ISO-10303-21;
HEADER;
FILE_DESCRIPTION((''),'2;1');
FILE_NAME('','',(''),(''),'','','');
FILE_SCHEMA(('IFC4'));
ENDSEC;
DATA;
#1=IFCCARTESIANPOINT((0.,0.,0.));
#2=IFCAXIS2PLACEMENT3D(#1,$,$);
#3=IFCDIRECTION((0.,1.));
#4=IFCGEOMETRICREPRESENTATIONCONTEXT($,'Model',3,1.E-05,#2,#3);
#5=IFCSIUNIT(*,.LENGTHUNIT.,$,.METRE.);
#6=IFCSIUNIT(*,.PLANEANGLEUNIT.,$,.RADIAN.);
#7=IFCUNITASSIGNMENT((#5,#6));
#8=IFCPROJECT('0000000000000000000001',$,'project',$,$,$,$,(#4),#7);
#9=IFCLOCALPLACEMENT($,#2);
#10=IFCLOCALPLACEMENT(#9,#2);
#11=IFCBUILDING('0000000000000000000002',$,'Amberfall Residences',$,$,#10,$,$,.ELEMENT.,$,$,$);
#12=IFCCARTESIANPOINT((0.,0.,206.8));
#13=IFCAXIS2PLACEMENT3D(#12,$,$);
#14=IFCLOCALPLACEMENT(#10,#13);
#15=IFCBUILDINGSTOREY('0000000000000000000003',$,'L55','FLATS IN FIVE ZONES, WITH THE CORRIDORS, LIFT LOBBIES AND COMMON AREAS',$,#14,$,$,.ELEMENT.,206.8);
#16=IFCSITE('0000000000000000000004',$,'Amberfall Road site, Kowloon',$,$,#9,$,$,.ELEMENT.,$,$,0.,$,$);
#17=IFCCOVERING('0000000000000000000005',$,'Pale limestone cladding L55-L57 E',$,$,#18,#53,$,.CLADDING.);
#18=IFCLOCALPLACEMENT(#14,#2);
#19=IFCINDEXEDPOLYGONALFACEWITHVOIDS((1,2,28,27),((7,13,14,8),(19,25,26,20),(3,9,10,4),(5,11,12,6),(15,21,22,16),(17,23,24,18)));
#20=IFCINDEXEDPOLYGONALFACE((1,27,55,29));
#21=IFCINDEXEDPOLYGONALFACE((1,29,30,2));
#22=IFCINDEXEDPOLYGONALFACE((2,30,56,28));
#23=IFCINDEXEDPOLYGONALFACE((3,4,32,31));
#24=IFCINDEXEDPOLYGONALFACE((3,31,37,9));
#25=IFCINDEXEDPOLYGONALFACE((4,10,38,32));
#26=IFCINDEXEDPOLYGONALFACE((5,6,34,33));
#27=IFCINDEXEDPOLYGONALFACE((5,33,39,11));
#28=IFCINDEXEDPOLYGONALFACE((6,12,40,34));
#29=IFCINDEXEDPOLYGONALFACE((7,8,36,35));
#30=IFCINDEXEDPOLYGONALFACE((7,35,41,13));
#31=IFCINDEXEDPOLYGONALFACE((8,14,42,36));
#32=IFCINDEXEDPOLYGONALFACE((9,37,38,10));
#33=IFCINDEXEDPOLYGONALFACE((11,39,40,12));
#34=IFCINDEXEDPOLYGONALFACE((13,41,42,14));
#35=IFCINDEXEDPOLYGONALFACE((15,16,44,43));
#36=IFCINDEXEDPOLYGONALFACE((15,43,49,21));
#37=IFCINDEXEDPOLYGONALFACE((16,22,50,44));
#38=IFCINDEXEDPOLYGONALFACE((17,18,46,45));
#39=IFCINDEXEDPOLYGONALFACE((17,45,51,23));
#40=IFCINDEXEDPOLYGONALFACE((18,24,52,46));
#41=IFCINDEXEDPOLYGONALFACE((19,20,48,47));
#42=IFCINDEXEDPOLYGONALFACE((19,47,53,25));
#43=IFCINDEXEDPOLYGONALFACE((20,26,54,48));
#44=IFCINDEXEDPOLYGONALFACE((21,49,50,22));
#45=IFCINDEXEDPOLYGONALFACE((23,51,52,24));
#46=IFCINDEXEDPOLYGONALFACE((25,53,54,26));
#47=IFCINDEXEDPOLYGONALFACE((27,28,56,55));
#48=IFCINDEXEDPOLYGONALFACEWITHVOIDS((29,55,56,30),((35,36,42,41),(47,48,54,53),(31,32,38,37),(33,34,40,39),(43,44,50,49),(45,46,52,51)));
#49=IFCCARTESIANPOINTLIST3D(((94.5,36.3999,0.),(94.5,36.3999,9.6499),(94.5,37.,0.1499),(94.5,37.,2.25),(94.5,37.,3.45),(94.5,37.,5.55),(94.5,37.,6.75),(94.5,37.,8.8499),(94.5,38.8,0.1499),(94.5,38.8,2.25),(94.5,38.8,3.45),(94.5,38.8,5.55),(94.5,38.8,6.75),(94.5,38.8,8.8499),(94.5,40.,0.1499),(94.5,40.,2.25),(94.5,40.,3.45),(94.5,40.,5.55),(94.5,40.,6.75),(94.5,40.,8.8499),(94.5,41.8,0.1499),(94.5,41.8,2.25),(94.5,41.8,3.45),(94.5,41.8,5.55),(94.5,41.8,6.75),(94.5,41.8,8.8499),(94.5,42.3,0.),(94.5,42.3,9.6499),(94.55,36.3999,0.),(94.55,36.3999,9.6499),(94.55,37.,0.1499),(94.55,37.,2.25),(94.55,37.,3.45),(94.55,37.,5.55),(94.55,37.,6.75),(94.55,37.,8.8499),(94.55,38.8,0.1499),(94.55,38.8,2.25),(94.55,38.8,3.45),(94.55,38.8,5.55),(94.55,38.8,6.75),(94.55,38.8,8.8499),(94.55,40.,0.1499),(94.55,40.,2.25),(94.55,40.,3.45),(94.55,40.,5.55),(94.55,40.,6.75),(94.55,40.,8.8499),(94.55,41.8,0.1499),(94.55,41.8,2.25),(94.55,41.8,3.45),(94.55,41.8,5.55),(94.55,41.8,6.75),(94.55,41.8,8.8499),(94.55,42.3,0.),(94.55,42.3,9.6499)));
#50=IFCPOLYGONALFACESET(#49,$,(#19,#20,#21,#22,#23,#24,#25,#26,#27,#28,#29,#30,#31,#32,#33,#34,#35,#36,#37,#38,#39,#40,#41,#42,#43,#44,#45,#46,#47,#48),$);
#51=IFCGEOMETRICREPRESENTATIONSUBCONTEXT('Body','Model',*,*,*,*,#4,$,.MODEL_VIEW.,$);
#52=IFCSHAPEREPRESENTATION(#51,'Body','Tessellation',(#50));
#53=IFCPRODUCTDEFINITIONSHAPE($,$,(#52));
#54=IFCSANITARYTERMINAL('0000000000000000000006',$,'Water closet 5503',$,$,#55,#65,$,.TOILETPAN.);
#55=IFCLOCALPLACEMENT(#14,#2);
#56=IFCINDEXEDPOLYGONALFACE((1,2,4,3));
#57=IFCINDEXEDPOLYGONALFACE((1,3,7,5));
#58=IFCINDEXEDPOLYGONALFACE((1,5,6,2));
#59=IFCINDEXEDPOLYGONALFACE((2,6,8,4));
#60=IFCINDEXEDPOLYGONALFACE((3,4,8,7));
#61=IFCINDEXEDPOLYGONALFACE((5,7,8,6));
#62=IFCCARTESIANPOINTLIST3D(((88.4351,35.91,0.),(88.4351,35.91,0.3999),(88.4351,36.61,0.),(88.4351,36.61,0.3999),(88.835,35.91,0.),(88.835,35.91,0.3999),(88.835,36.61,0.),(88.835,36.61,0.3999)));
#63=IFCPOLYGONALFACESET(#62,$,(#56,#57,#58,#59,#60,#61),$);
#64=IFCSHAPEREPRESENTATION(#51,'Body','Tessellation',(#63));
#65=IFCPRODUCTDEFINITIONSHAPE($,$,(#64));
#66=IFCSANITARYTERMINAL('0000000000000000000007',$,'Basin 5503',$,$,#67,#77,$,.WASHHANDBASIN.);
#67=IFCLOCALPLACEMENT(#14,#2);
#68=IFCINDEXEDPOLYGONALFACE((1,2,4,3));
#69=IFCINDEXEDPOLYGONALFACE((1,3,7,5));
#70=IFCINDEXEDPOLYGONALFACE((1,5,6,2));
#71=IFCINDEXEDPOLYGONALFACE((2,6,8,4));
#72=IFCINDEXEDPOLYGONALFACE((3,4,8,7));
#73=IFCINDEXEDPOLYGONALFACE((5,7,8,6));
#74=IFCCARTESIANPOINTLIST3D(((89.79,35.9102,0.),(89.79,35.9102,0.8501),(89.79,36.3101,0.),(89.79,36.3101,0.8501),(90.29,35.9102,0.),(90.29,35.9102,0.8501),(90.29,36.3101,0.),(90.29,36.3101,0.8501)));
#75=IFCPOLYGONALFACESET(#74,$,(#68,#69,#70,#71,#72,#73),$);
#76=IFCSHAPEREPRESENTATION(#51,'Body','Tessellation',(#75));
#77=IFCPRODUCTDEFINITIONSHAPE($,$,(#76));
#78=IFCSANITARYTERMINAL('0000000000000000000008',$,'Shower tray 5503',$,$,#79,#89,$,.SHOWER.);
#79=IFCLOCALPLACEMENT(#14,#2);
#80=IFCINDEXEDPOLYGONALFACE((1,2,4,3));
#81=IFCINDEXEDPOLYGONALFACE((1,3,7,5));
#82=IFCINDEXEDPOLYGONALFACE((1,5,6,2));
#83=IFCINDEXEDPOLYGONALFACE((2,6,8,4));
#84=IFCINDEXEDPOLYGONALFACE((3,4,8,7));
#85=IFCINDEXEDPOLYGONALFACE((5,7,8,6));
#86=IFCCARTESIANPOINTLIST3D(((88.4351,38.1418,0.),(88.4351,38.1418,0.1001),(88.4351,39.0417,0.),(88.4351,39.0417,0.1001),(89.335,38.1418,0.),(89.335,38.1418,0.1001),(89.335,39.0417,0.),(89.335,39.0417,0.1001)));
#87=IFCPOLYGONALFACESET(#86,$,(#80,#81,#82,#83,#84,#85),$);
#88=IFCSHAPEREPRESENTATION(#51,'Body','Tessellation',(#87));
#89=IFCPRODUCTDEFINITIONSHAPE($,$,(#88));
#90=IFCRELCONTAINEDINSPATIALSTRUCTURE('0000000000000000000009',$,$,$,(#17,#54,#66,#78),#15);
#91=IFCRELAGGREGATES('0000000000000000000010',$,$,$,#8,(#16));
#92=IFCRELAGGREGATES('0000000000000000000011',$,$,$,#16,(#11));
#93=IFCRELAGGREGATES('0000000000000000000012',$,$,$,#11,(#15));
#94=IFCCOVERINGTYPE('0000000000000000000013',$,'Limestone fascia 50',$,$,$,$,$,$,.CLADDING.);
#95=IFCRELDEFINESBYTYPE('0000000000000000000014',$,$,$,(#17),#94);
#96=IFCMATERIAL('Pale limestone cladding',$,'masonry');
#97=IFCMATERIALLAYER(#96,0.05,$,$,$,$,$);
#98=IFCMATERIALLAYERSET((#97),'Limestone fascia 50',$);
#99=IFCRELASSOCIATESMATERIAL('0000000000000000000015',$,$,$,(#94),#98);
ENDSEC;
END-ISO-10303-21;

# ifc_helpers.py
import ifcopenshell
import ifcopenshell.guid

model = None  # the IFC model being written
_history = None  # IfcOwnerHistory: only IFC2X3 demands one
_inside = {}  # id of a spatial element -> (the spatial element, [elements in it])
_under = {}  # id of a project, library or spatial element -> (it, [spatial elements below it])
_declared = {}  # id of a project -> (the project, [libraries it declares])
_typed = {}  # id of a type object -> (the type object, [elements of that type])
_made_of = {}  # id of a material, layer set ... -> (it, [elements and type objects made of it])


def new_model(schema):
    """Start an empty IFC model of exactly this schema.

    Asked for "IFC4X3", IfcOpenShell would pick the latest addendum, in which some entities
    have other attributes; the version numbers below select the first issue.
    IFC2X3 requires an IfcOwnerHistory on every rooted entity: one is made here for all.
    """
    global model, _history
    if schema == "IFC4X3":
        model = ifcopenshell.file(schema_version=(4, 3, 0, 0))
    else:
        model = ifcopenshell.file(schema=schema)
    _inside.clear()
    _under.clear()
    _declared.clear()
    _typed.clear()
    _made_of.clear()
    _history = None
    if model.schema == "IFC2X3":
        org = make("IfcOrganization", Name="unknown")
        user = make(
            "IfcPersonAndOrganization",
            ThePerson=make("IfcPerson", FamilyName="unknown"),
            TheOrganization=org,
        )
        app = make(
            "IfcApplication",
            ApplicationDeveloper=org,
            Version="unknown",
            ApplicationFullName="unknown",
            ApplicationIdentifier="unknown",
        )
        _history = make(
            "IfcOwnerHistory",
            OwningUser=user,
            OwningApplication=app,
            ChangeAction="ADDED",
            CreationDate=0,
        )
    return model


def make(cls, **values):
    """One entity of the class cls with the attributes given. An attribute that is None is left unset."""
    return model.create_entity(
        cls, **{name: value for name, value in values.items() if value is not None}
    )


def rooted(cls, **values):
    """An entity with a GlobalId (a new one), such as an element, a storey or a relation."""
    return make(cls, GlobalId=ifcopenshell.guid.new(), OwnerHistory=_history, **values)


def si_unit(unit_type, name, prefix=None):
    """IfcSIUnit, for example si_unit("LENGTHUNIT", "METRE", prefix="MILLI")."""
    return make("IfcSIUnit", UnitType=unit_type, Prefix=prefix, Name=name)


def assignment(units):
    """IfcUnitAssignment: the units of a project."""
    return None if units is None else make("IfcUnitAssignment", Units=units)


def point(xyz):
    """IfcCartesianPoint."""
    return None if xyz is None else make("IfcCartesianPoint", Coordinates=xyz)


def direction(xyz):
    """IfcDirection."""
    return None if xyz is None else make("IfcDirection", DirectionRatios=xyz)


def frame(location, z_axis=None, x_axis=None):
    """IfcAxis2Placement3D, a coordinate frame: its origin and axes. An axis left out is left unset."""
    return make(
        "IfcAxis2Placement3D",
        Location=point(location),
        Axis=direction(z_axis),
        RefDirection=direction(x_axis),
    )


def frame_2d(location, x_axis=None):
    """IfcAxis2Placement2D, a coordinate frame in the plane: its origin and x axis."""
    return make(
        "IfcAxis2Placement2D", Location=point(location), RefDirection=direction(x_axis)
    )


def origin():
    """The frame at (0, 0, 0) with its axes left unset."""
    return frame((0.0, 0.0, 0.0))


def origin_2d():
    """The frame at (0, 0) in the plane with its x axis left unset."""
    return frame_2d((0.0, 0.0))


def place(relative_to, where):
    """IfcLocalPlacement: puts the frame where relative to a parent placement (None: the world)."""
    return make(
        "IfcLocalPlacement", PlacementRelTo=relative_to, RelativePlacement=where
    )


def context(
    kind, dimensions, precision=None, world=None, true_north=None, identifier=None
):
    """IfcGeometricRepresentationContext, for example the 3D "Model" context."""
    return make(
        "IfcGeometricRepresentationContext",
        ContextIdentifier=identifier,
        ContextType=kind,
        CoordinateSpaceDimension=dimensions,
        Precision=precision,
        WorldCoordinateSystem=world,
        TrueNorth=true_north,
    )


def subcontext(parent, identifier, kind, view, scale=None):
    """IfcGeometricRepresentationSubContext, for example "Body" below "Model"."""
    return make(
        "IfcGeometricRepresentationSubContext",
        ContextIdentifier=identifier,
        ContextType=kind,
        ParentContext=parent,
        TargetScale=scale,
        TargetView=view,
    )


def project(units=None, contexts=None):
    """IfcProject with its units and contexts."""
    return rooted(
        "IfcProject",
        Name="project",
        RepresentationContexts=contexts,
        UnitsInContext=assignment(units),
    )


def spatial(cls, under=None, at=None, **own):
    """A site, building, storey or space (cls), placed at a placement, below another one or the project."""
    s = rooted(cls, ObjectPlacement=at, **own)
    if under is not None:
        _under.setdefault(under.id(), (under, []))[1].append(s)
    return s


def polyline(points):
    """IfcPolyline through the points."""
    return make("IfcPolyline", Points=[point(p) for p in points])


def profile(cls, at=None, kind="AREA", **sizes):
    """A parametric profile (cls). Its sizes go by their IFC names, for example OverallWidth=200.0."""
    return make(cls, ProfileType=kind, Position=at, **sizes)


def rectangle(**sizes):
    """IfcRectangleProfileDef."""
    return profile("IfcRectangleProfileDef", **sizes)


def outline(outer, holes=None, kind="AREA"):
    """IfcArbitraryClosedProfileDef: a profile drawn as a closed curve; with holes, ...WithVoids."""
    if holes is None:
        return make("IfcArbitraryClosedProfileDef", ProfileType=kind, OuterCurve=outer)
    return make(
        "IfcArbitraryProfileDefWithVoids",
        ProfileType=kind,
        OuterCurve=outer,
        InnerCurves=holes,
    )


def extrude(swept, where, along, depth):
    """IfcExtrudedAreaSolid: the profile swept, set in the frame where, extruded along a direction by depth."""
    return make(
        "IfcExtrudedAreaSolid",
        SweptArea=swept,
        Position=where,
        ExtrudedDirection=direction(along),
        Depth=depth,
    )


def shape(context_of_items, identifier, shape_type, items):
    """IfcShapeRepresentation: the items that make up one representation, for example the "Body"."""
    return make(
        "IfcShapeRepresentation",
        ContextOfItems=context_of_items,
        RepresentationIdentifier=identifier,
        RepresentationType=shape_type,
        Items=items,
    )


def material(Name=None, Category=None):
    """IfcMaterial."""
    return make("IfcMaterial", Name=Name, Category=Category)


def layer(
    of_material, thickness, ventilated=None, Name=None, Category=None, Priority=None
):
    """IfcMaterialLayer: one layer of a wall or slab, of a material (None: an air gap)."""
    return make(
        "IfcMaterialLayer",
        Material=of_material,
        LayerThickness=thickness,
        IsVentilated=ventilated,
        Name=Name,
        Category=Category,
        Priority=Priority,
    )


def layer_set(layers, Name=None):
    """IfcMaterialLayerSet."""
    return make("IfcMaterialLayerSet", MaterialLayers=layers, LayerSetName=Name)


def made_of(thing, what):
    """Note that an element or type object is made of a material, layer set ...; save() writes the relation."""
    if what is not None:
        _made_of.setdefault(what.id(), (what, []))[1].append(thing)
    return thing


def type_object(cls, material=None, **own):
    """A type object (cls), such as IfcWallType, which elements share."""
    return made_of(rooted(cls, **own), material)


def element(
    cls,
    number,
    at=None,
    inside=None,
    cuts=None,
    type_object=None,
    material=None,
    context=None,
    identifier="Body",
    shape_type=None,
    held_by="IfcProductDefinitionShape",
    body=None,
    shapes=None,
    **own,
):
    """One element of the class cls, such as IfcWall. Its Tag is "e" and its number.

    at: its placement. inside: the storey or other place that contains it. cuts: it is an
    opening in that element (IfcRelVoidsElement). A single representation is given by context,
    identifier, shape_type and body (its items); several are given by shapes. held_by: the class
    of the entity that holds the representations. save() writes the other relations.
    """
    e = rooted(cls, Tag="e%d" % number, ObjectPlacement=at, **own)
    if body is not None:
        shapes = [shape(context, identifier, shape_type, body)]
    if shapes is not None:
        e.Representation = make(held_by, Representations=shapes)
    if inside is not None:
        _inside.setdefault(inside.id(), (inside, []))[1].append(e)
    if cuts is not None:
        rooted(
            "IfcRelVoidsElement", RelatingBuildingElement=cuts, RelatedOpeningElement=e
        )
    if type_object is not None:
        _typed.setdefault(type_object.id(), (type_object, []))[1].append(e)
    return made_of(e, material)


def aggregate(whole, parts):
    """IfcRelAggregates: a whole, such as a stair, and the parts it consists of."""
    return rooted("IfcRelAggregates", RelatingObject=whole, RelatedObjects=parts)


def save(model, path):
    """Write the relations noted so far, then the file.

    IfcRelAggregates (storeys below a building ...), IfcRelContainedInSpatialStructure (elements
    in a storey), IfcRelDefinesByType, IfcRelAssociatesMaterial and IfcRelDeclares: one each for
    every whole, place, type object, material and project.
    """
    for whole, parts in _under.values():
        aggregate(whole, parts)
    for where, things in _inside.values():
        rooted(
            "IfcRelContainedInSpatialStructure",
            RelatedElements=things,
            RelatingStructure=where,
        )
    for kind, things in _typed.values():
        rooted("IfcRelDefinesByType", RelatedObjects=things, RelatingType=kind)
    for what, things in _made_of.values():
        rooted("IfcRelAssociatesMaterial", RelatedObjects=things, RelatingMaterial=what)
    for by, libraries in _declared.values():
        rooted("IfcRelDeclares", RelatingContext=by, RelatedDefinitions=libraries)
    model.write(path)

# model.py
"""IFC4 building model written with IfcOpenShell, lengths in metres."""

from ifc_helpers import new_model, si_unit, direction, frame, origin, origin_2d, place, context, subcontext, project, spatial, polyline, rectangle, outline, extrude, material, layer, layer_set, type_object, element, save


model = new_model("IFC4")

# Units and contexts
model_context = context("Model", 3, precision=1e-05, world=origin(), true_north=direction((0.0, 1.0)))
body_context = subcontext(model_context, "Body", "Model", "MODEL_VIEW")
ifc_project = project(units=[si_unit("LENGTHUNIT", "METRE"), si_unit("PLANEANGLEUNIT", "RADIAN")], contexts=[model_context])

# Site, building, storey
site_placement = place(None, origin())
site = spatial("IfcSite", under=ifc_project, at=site_placement, Name="Amberfall Road site, Kowloon", CompositionType="ELEMENT", RefElevation=0.0)
building_placement = place(site_placement, origin())
building = spatial("IfcBuilding", under=site, at=building_placement, Name="Amberfall Residences", CompositionType="ELEMENT")
storey_placement = place(building_placement, frame((0.0, 0.0, 206.8)))
storey = spatial("IfcBuildingStorey", under=building, at=storey_placement, Name="L55", Description="FLATS IN FIVE ZONES, WITH THE CORRIDORS, LIFT LOBBIES AND COMMON AREAS", CompositionType="ELEMENT", Elevation=206.8)

# Covering
ifc_material_1 = material(Name="Pale limestone cladding", Category="masonry")
ifc_layer_1 = layer(ifc_material_1, 0.05)
ifc_layer_set_1 = layer_set([ifc_layer_1], Name="Limestone fascia 50")
covering_type = type_object("IfcCoveringType", Name="Limestone fascia 50", PredefinedType="CLADDING", material=ifc_layer_set_1)
covering_placement = place(storey_placement, frame((94.5, 36.3999, 9.6499), z_axis=(-1.0, 0.0, 0.0), x_axis=(0.0, 1.0, 0.0)))
element("IfcCovering", 1, at=covering_placement, inside=storey, type_object=covering_type, Name="Pale limestone cladding L55-L57 E", PredefinedType="CLADDING", context=body_context, shape_type="SweptSolid", body=[
    extrude(outline(polyline([(0.0, 0.0), (5.9001, 0.0), (5.9001, 9.6499), (0.0, 9.6499), (0.0, 0.0)]), holes=[polyline([(0.6001, 7.3999), (2.4001, 7.3999), (2.4001, 9.5), (0.6001, 9.5), (0.6001, 7.3999)]), polyline([(3.6001, 7.3999), (5.4001, 7.3999), (5.4001, 9.5), (3.6001, 9.5), (3.6001, 7.3999)]), polyline([(0.6001, 4.0999), (2.4001, 4.0999), (2.4001, 6.2), (0.6001, 6.2), (0.6001, 4.0999)]), polyline([(3.6001, 4.0999), (5.4001, 4.0999), (5.4001, 6.2), (3.6001, 6.2), (3.6001, 4.0999)]), polyline([(0.6001, 0.8), (2.4001, 0.8), (2.4001, 2.8999), (0.6001, 2.8999), (0.6001, 0.8)]), polyline([(3.6001, 0.8), (5.4001, 0.8), (5.4001, 2.8999), (3.6001, 2.8999), (3.6001, 0.8)])]), origin(), (0.0, 0.0, -1.0), 0.05),
])

# Sanitary terminals
sanitary_terminal_1_placement = place(storey_placement, frame((88.635, 36.26, 0.0), z_axis=(0.0, 0.0, 1.0), x_axis=(1.0, 0.0, 0.0)))
element("IfcSanitaryTerminal", 2, at=sanitary_terminal_1_placement, inside=storey, Name="Water closet 5503", PredefinedType="TOILETPAN", context=body_context, shape_type="SweptSolid", body=[
    extrude(rectangle(XDim=0.3999, YDim=0.7, at=origin_2d()), origin(), (0.0, 0.0, 1.0), 0.3999),
])
sanitary_terminal_2_placement = place(storey_placement, frame((90.04, 36.1101, 0.0), z_axis=(0.0, 0.0, 1.0), x_axis=(1.0, 0.0, 0.0)))
element("IfcSanitaryTerminal", 3, at=sanitary_terminal_2_placement, inside=storey, Name="Basin 5503", PredefinedType="WASHHANDBASIN", context=body_context, shape_type="SweptSolid", body=[
    extrude(rectangle(XDim=0.5, YDim=0.3999, at=origin_2d()), origin(), (0.0, 0.0, 1.0), 0.8501),
])
sanitary_terminal_3_placement = place(storey_placement, frame((88.885, 38.5918, 0.0), z_axis=(0.0, 0.0, 1.0), x_axis=(1.0, 0.0, 0.0)))
element("IfcSanitaryTerminal", 4, at=sanitary_terminal_3_placement, inside=storey, Name="Shower tray 5503", PredefinedType="SHOWER", context=body_context, shape_type="SweptSolid", body=[
    extrude(rectangle(XDim=0.8999, YDim=0.8999, at=origin_2d()), origin(), (0.0, 0.0, 1.0), 0.1001),
])

save(model, "model.ifc")
